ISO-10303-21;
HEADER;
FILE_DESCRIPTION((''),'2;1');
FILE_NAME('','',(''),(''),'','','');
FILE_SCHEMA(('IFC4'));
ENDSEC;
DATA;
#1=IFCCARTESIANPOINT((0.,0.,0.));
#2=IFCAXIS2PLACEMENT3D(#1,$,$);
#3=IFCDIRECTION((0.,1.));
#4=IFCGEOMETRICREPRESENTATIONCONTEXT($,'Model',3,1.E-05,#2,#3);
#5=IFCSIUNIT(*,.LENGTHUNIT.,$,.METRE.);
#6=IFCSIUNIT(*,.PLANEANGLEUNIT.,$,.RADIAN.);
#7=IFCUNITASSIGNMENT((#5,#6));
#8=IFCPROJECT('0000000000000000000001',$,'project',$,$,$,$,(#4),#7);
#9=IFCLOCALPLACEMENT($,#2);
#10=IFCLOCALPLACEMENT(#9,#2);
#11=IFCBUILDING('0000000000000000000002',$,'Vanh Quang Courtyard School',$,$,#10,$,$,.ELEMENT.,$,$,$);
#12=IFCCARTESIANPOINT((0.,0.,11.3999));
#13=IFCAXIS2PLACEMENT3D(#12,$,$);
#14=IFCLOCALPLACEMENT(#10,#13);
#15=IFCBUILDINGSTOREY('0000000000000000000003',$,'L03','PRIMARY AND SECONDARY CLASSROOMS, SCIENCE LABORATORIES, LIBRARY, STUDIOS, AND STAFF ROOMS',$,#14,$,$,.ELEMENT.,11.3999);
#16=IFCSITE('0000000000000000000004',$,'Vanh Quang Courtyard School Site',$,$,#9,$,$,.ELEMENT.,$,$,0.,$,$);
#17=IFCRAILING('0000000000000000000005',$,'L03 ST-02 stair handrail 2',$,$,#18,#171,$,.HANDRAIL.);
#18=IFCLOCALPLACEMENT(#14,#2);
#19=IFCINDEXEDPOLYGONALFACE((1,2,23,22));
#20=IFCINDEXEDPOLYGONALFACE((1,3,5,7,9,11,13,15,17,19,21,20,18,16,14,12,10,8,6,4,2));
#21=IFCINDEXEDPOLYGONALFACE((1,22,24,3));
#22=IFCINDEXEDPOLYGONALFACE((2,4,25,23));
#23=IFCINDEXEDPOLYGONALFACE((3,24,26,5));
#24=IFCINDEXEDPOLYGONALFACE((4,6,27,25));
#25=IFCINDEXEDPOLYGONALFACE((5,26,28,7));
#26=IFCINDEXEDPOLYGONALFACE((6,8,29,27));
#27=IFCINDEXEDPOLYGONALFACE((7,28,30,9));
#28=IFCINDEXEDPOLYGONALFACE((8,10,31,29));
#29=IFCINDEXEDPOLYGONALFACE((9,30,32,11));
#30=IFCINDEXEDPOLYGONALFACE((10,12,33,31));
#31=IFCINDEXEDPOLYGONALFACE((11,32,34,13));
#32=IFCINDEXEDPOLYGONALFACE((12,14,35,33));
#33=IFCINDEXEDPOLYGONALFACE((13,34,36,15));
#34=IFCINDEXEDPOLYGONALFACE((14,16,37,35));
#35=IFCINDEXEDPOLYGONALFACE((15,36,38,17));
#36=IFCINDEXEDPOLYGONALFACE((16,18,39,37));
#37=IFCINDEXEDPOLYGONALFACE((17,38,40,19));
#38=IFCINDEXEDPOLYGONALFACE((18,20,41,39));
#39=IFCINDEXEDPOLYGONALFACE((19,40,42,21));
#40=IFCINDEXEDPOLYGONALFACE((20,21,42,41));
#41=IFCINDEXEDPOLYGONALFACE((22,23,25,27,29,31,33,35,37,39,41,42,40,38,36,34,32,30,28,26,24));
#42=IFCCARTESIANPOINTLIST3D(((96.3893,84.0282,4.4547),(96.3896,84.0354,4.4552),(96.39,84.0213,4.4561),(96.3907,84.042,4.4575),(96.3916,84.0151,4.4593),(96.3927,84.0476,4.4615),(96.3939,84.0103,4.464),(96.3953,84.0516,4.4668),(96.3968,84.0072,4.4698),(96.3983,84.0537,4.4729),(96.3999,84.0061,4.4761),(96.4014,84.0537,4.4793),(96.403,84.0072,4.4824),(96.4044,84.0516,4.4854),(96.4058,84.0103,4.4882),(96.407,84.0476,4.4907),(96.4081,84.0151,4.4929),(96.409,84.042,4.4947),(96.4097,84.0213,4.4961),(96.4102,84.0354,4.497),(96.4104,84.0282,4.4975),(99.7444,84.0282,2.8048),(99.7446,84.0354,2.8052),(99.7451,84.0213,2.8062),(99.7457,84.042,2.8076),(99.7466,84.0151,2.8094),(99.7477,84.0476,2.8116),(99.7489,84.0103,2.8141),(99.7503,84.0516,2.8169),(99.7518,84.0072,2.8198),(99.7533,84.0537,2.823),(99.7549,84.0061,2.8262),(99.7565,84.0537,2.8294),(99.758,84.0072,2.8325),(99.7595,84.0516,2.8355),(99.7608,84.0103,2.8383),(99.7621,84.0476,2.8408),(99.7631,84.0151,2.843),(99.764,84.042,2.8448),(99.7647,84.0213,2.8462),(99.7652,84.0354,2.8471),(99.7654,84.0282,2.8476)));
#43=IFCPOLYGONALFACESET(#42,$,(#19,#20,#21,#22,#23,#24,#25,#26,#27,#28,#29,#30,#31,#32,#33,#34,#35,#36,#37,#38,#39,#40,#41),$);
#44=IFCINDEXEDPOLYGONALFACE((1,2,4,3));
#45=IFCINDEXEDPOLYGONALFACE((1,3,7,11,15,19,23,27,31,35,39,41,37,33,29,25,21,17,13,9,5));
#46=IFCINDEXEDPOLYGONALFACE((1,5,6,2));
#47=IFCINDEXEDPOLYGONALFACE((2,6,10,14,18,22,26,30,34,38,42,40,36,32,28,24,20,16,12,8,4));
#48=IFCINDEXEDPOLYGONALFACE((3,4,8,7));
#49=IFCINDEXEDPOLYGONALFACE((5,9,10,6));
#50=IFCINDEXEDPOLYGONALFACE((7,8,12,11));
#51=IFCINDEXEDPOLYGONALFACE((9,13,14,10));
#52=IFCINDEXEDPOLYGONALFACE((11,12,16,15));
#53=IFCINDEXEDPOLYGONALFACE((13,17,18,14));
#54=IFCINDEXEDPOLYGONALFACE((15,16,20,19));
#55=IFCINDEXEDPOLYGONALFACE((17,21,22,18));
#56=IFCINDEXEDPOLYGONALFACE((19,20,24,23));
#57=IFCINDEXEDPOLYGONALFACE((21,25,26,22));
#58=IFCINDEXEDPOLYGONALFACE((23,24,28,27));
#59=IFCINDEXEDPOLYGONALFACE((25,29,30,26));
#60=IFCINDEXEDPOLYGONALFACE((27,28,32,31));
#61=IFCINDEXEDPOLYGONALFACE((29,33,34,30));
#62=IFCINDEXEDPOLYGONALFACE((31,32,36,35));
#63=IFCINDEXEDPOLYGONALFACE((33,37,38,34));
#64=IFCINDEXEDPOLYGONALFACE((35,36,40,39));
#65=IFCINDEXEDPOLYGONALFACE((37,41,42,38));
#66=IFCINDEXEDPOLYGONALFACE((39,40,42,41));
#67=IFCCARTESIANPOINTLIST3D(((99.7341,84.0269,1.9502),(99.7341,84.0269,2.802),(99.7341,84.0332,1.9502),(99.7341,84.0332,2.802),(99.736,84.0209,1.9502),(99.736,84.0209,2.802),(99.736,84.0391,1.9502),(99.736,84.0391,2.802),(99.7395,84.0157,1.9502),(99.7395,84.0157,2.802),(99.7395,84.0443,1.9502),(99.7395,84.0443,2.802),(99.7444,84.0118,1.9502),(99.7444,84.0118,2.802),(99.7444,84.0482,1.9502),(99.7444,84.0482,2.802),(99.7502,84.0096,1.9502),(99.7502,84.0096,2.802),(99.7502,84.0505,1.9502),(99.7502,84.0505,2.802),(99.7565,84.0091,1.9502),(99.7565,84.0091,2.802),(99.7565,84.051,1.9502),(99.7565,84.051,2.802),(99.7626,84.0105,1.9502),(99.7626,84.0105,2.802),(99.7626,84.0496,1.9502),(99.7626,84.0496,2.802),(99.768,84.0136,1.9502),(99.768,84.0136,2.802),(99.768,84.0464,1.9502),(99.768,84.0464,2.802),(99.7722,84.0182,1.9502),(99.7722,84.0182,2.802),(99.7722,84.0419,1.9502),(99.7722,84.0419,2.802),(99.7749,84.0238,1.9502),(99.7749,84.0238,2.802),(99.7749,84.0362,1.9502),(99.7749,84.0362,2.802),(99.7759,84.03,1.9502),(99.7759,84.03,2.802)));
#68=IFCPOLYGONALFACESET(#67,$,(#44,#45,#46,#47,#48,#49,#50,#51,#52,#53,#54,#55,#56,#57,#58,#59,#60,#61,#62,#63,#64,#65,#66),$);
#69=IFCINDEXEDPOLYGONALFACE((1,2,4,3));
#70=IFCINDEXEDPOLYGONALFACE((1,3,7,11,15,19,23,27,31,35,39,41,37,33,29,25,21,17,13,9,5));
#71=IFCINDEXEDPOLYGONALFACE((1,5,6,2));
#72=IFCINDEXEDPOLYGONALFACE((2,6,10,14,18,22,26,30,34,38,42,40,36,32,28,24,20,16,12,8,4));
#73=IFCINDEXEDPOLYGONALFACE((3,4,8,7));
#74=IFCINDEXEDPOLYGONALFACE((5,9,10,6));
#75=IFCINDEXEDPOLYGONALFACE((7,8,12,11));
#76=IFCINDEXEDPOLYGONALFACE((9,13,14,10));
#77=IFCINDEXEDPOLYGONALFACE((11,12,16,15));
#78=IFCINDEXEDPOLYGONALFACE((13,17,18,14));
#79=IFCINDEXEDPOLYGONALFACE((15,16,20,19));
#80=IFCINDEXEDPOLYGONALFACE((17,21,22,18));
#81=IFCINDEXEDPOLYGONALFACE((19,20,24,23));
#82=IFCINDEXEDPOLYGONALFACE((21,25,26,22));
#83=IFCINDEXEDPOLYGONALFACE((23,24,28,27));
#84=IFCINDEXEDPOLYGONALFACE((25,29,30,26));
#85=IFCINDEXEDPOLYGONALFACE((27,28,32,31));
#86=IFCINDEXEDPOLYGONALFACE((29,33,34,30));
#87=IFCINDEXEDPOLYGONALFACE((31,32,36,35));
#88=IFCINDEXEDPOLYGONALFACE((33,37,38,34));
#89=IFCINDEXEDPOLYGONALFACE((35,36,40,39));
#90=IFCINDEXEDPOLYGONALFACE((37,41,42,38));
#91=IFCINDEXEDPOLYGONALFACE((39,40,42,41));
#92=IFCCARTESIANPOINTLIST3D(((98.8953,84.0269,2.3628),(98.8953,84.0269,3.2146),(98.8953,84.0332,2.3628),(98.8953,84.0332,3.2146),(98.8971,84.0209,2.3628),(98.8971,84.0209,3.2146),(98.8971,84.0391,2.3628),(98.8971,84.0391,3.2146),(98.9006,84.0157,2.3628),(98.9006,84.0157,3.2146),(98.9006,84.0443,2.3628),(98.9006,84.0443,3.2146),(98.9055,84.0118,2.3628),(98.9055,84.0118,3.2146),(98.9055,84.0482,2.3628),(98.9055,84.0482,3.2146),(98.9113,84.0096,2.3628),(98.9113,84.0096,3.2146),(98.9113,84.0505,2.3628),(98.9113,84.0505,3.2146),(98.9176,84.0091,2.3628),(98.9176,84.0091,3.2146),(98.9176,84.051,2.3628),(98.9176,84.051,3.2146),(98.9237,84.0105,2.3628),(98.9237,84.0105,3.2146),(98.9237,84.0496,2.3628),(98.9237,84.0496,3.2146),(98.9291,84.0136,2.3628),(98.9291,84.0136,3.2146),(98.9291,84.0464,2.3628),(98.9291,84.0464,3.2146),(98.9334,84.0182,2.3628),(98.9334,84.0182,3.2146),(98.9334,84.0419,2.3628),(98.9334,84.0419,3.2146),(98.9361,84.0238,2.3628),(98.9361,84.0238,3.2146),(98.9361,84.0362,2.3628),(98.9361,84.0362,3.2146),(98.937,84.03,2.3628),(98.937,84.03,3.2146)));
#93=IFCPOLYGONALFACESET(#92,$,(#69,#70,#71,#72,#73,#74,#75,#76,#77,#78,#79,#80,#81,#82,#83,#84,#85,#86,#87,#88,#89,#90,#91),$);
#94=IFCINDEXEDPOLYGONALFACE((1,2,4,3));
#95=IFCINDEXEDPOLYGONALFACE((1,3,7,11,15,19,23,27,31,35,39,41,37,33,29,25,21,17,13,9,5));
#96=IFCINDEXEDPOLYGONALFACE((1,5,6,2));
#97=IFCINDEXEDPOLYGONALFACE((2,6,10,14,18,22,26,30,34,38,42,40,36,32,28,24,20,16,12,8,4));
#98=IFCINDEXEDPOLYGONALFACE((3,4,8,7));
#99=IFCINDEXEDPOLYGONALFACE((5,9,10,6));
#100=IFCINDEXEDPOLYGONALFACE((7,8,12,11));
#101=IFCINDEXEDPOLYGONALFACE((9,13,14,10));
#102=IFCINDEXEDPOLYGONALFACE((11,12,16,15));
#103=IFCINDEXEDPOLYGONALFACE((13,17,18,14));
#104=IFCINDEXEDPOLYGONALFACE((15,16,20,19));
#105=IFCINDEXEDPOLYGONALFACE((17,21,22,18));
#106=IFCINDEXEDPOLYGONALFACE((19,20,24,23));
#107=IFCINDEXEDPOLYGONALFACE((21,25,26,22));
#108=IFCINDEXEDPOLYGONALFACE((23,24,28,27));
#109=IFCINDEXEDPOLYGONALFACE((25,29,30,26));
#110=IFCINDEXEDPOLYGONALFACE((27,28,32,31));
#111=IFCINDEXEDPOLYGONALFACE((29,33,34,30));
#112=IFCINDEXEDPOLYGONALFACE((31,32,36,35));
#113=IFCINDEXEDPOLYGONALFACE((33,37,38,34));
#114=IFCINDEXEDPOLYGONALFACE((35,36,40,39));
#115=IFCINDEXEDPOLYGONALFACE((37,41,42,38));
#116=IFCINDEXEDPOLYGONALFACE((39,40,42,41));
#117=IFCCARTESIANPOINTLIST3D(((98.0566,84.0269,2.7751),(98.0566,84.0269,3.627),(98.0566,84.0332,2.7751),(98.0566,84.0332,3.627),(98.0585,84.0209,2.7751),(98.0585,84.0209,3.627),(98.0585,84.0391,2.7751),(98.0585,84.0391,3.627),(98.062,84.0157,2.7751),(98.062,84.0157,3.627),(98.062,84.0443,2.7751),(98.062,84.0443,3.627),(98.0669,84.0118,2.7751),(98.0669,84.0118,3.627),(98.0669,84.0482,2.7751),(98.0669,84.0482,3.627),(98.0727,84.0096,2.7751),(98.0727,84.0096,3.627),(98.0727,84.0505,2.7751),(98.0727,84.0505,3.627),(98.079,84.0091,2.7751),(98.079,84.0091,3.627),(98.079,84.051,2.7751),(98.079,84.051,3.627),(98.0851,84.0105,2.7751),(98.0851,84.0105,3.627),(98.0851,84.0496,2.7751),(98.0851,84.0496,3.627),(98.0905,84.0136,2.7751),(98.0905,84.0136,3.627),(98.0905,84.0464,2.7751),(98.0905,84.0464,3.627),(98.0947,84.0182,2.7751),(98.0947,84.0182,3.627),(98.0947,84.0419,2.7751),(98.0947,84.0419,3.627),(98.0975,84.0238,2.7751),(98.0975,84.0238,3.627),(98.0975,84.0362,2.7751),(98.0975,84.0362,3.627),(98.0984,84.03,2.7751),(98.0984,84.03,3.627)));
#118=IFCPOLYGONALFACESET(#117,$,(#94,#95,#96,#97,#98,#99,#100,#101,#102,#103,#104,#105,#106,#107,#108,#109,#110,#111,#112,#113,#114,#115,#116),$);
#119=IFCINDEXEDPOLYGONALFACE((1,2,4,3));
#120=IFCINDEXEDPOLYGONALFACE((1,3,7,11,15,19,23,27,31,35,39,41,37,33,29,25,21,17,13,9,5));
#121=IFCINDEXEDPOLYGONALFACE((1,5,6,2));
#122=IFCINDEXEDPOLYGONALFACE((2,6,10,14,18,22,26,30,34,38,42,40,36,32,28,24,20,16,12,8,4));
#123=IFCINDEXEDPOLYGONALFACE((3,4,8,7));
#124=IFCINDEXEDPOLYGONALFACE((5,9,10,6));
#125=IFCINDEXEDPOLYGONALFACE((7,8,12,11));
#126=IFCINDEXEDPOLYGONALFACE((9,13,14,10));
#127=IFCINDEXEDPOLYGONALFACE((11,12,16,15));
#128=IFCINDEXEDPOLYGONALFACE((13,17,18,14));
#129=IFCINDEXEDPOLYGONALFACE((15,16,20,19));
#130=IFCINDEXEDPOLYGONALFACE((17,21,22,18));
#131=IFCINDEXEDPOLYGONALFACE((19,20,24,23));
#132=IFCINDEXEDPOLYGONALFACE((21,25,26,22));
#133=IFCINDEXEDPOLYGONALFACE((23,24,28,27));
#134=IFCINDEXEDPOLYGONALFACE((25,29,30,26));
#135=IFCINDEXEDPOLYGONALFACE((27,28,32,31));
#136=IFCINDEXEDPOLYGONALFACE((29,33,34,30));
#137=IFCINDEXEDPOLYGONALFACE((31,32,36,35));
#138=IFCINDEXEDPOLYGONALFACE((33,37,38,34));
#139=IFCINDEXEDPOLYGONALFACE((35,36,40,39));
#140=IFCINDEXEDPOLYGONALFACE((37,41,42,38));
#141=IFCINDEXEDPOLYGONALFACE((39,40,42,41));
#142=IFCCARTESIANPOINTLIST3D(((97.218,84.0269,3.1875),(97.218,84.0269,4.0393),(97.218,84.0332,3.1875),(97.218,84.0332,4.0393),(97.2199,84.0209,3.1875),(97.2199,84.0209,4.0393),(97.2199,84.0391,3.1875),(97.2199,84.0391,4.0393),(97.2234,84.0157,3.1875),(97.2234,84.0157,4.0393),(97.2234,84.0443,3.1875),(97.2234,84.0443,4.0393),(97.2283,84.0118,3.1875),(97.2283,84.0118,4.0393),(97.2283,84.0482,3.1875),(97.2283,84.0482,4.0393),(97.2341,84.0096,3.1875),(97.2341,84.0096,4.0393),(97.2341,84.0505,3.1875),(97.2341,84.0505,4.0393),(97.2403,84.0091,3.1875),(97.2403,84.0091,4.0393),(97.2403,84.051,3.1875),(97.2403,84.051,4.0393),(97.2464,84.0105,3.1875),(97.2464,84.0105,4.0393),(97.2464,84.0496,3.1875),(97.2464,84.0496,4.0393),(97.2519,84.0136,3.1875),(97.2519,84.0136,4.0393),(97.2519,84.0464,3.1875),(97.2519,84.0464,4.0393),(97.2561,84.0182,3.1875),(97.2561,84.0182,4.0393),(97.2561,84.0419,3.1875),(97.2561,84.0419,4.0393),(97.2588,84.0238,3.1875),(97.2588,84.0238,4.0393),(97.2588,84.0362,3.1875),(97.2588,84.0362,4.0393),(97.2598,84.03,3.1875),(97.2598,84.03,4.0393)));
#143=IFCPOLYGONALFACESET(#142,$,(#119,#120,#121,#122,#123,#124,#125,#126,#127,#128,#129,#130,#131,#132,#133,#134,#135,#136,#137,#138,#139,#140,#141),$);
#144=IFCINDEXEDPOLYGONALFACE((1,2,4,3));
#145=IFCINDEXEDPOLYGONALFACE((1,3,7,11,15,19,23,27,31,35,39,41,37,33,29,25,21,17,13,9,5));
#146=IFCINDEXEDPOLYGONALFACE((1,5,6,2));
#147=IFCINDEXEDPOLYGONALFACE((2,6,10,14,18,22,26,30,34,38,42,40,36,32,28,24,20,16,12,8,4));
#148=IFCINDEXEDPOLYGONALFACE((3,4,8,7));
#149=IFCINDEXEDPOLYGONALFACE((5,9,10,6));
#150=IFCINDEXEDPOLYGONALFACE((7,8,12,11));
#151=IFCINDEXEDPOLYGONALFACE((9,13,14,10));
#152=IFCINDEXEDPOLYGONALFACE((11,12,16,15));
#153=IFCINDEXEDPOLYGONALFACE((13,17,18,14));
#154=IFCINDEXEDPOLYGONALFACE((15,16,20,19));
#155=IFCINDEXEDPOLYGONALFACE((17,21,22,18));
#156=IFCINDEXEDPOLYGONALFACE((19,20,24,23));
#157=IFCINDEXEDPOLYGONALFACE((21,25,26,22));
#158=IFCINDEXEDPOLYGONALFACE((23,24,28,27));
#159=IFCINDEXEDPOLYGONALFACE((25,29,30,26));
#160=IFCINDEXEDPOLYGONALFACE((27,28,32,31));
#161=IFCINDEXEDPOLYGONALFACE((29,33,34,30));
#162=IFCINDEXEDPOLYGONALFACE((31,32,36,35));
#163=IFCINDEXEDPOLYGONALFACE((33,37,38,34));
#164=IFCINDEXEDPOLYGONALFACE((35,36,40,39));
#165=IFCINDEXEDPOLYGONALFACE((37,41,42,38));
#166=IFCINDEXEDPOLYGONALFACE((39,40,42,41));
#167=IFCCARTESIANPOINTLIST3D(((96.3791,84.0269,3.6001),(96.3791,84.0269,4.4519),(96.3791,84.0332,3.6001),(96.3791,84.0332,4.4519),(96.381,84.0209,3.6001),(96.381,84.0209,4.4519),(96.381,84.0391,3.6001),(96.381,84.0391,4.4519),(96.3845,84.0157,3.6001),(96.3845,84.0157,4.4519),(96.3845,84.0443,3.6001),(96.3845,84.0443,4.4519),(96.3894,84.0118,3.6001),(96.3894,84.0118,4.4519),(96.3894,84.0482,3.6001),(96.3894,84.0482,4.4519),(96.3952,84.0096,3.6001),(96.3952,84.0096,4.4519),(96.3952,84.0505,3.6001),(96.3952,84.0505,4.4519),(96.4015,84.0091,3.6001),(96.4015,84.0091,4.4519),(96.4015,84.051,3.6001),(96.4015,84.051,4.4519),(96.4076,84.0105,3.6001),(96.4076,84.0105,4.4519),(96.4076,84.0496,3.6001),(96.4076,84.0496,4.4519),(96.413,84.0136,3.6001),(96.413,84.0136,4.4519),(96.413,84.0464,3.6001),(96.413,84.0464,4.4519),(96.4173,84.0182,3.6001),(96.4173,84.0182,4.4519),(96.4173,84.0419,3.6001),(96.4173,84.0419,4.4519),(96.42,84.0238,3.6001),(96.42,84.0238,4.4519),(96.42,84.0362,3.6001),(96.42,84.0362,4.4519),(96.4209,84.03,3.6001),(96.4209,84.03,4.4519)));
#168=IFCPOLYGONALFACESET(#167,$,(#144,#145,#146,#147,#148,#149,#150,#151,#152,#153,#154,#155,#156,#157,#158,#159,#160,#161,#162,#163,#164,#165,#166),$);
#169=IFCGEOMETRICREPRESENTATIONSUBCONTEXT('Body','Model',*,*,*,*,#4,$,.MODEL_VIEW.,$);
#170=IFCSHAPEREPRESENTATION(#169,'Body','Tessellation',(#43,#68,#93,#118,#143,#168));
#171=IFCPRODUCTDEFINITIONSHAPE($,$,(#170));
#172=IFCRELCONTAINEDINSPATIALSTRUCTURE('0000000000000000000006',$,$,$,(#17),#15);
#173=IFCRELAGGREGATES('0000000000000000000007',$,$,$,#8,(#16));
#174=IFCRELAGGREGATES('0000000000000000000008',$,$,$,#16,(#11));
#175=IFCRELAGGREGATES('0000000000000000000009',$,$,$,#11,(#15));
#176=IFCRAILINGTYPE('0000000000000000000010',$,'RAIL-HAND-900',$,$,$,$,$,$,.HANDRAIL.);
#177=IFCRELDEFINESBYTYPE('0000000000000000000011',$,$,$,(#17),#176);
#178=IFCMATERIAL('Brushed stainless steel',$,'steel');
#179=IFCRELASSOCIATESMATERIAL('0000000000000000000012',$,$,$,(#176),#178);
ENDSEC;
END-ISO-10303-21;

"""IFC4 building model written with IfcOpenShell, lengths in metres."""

from ifc_helpers import new_model, si_unit, direction, frame, origin, origin_2d, place, context, subcontext, project, spatial, circle, extrude, material, type_object, element, save


model = new_model("IFC4")

# Units and contexts
model_context = context("Model", 3, precision=1e-05, world=origin(), true_north=direction((0.0, 1.0)))
body_context = subcontext(model_context, "Body", "Model", "MODEL_VIEW")
ifc_project = project(units=[si_unit("LENGTHUNIT", "METRE"), si_unit("PLANEANGLEUNIT", "RADIAN")], contexts=[model_context])

# Site, building, storey
site_placement = place(None, origin())
site = spatial("IfcSite", under=ifc_project, at=site_placement, Name="Vanh Quang Courtyard School Site", CompositionType="ELEMENT", RefElevation=0.0)
building_placement = place(site_placement, origin())
building = spatial("IfcBuilding", under=site, at=building_placement, Name="Vanh Quang Courtyard School", CompositionType="ELEMENT")
storey_placement = place(building_placement, frame((0.0, 0.0, 11.3999)))
storey = spatial("IfcBuildingStorey", under=building, at=storey_placement, Name="L03", Description="PRIMARY AND SECONDARY CLASSROOMS, SCIENCE LABORATORIES, LIBRARY, STUDIOS, AND STAFF ROOMS", CompositionType="ELEMENT", Elevation=11.3999)

# Railing
ifc_material_1 = material(Name="Brushed stainless steel", Category="steel")
railing_type_1 = type_object("IfcRailingType", Name="RAIL-HAND-900", PredefinedType="HANDRAIL", material=ifc_material_1)
railing_1_placement = place(storey_placement, frame((99.7549, 84.03, 1.9502)))
element("IfcRailing", 1, at=railing_1_placement, inside=storey, type_object=railing_type_1, Name="L03 ST-02 stair handrail 2", PredefinedType="HANDRAIL", context=body_context, shape_type="SweptSolid", body=[
    extrude(circle(Radius=0.0239, at=origin_2d()), frame((0.0, 0.0, 0.876), z_axis=(-0.897359, 0.0, 0.441301), x_axis=(0.0, -1.0, 0.0)), (0.0, 0.0, 1.0), 3.7388),
    extrude(circle(Radius=0.021, at=origin_2d()), origin(), (0.0, 0.0, 1.0), 0.8518),
    extrude(circle(Radius=0.021, at=origin_2d()), frame((-0.8389, 0.0, 0.4126)), (0.0, 0.0, 1.0), 0.8518),
    extrude(circle(Radius=0.021, at=origin_2d()), frame((-1.6775, 0.0, 0.825)), (0.0, 0.0, 1.0), 0.8518),
    extrude(circle(Radius=0.021, at=origin_2d()), frame((-2.5161, 0.0, 1.2373)), (0.0, 0.0, 1.0), 0.8518),
    extrude(circle(Radius=0.021, at=origin_2d()), frame((-3.355, 0.0, 1.6499)), (0.0, 0.0, 1.0), 0.8518),
])

save(model, "model.ifc")
